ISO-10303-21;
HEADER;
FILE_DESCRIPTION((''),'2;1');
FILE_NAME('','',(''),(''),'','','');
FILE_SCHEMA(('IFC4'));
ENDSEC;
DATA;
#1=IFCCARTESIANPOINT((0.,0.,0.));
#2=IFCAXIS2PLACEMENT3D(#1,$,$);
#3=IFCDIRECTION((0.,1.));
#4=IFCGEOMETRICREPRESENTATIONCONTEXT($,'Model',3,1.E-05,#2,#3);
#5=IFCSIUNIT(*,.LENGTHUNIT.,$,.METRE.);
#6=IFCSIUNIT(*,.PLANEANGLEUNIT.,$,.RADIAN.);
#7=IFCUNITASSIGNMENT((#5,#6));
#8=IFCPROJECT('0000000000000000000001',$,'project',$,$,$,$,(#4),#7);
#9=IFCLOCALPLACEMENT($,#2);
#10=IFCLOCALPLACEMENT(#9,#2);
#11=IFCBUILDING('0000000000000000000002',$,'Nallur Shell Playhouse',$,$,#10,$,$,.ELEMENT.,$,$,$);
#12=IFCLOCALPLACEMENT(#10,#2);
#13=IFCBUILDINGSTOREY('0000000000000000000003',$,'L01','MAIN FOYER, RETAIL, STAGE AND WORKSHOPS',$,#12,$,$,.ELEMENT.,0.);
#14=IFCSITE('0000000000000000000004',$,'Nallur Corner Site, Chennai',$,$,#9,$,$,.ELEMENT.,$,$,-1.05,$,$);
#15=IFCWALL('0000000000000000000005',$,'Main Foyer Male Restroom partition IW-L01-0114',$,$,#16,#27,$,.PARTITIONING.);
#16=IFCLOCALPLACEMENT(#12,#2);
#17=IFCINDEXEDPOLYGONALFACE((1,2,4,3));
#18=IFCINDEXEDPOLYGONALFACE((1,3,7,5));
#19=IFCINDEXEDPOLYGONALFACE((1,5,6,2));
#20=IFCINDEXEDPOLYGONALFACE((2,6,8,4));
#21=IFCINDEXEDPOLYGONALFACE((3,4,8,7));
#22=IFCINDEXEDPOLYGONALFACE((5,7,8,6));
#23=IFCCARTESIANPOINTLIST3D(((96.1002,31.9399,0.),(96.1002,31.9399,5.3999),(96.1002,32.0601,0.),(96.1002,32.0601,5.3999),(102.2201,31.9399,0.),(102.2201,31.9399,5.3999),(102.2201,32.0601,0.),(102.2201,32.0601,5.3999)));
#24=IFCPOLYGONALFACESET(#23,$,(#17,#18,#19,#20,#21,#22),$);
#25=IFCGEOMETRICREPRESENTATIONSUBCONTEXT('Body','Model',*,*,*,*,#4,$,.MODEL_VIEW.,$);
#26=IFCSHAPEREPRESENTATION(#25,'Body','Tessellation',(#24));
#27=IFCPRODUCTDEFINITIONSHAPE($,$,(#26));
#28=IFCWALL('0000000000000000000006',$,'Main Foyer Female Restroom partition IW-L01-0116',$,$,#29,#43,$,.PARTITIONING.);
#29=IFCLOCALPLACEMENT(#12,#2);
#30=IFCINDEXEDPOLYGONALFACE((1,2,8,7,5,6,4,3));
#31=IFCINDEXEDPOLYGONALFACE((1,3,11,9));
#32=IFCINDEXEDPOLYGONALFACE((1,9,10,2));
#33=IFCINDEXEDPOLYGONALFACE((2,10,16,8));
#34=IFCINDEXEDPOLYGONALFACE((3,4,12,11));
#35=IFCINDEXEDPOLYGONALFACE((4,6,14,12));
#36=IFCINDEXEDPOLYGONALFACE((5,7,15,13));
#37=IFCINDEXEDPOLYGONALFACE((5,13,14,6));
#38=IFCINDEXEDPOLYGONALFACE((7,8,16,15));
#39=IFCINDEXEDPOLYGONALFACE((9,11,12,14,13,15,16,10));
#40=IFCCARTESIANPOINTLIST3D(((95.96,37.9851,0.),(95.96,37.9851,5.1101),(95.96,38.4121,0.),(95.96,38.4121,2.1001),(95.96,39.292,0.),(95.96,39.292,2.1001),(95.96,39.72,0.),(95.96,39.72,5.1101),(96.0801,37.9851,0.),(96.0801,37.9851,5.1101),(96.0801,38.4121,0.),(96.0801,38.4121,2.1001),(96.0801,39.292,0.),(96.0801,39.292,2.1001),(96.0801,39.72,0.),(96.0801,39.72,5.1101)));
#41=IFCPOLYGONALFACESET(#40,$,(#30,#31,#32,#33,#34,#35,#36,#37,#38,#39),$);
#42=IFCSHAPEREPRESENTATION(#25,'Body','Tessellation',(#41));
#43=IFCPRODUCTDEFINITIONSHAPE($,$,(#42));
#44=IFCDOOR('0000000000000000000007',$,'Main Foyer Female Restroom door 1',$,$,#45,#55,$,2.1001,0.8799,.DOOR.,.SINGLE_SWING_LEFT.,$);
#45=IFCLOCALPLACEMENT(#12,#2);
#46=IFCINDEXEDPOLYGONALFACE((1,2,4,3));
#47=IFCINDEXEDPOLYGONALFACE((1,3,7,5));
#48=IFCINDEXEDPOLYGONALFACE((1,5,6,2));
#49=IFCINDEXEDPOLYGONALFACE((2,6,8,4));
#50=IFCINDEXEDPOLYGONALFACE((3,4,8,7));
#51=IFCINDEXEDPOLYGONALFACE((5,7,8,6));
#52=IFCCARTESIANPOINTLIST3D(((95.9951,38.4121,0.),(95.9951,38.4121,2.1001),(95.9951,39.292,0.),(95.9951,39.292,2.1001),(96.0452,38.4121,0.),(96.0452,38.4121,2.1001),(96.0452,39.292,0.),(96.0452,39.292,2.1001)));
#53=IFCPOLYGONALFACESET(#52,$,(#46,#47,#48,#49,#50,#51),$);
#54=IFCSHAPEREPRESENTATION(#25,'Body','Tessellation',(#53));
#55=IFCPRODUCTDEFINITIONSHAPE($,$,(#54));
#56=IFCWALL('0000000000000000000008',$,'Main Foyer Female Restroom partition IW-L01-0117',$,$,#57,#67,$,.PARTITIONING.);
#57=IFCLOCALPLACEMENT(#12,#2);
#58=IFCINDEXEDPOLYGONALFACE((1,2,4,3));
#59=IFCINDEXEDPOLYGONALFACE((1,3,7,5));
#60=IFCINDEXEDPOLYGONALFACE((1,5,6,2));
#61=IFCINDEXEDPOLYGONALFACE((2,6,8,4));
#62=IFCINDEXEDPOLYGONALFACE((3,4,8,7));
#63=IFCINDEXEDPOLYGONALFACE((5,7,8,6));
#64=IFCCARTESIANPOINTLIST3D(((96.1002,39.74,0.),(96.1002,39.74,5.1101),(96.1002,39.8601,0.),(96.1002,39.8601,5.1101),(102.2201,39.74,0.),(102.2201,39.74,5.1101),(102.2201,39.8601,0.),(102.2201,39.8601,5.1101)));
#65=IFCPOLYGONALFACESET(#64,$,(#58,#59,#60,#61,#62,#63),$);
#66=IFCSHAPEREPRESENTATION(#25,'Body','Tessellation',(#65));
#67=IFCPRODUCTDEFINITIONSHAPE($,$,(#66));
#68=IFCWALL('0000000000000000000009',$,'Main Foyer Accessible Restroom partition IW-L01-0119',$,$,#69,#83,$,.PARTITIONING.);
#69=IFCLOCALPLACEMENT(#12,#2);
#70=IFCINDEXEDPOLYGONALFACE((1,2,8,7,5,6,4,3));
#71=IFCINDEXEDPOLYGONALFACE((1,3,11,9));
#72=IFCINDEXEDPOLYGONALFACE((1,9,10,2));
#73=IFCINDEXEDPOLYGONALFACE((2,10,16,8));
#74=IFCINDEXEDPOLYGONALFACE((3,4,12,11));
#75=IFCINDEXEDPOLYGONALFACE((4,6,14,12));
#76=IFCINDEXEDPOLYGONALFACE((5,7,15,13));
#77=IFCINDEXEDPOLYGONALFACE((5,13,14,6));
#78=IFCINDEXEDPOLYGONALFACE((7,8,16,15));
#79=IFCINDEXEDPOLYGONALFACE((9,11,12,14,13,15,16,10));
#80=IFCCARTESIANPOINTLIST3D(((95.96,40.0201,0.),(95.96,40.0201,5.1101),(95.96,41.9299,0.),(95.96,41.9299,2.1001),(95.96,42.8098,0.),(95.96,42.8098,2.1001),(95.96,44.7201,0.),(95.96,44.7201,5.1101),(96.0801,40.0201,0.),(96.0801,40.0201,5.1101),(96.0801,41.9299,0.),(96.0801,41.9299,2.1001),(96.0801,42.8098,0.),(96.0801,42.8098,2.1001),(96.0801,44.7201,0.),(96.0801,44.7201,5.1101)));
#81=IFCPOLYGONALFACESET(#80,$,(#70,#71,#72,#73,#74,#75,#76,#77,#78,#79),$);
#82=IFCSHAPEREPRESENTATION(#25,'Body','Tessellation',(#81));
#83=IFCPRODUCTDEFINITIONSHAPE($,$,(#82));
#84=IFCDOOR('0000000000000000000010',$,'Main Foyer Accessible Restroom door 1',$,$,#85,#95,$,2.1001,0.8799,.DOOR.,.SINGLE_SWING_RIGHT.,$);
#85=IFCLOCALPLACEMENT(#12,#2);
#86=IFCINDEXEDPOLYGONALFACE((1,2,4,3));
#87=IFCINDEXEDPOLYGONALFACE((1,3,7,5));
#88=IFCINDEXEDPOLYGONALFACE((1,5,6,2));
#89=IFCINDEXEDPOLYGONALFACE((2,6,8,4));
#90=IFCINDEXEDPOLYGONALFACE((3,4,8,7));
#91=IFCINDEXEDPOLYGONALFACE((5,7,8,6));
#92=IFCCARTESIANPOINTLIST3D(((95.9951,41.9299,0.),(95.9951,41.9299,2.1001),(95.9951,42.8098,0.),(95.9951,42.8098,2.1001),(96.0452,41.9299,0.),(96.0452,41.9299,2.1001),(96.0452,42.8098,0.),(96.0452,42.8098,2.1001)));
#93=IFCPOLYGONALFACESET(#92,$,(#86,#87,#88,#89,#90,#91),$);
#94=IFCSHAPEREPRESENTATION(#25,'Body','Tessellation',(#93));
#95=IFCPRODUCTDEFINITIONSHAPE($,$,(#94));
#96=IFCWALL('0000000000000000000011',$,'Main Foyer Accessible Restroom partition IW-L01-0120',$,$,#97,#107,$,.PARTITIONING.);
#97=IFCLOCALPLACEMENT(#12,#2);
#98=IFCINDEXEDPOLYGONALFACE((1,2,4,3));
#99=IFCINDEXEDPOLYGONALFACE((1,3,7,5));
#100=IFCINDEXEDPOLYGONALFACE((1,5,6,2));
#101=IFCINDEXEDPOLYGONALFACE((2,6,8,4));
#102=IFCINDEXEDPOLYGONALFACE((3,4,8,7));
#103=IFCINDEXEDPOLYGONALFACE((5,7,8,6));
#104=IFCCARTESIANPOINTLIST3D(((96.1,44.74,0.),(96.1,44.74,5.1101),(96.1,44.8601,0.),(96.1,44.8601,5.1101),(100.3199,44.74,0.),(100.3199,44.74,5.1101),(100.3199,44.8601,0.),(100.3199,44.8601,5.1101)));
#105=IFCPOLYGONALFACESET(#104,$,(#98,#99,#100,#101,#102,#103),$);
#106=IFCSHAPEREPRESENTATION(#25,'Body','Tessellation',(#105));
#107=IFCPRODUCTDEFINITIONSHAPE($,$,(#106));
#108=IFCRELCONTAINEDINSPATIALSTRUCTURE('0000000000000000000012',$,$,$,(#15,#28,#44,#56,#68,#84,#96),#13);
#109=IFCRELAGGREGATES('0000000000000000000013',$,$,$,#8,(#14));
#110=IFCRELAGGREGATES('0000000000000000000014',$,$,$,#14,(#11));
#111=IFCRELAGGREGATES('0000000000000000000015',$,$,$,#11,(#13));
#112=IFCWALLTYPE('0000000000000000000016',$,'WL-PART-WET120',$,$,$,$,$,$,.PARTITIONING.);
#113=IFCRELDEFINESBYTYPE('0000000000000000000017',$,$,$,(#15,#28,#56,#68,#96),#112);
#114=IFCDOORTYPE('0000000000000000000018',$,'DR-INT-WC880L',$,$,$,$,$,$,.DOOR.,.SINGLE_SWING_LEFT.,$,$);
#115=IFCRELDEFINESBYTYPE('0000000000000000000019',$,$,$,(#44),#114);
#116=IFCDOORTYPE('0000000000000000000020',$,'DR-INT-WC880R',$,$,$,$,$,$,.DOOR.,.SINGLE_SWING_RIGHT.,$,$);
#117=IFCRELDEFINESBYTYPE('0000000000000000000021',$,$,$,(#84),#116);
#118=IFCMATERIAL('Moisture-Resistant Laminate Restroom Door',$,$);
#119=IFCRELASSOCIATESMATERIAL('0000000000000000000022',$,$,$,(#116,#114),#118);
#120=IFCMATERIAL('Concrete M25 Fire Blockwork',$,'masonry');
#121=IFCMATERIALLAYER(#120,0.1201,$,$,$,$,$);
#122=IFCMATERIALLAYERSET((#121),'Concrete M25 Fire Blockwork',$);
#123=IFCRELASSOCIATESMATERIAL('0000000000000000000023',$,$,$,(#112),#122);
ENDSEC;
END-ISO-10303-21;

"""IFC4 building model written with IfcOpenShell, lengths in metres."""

from ifc_helpers import new_model, si_unit, direction, frame, frame_2d, origin, place, context, subcontext, project, spatial, rectangle, extrude, material, layer, layer_set, type_object, element, fill, save


model = new_model("IFC4")

# Units and contexts
model_context = context("Model", 3, precision=1e-05, world=origin(), true_north=direction((0.0, 1.0)))
body_context = subcontext(model_context, "Body", "Model", "MODEL_VIEW")
ifc_project = project(units=[si_unit("LENGTHUNIT", "METRE"), si_unit("PLANEANGLEUNIT", "RADIAN")], contexts=[model_context])

# Site, building, storey
site_placement = place(None, origin())
site = spatial("IfcSite", under=ifc_project, at=site_placement, Name="Nallur Corner Site, Chennai", CompositionType="ELEMENT", RefElevation=-1.05)
building_placement = place(site_placement, origin())
building = spatial("IfcBuilding", under=site, at=building_placement, Name="Nallur Shell Playhouse", CompositionType="ELEMENT")
storey_placement = place(building_placement, origin())
storey = spatial("IfcBuildingStorey", under=building, at=storey_placement, Name="L01", Description="MAIN FOYER, RETAIL, STAGE AND WORKSHOPS", CompositionType="ELEMENT", Elevation=0.0)

# Shared definitions
ifc_material_1 = material(Name="Concrete M25 Fire Blockwork", Category="masonry")
ifc_material_2 = material(Name="Moisture-Resistant Laminate Restroom Door")
door_type_1 = type_object("IfcDoorType", Name="DR-INT-WC880R", OperationType="SINGLE_SWING_RIGHT", PredefinedType="DOOR", material=ifc_material_2)

# Wall
ifc_layer_1 = layer(ifc_material_1, 0.1201)
ifc_layer_set_1 = layer_set([ifc_layer_1], Name="Concrete M25 Fire Blockwork")
wall_type_1 = type_object("IfcWallType", Name="WL-PART-WET120", PredefinedType="PARTITIONING", material=ifc_layer_set_1)
wall_1_placement = place(storey_placement, frame((96.1001, 32.0, 0.0), z_axis=(0.0, 0.0, 1.0), x_axis=(1.0, 0.0, 0.0)))
element("IfcWall", 1, at=wall_1_placement, inside=storey, type_object=wall_type_1, Name="Main Foyer Male Restroom partition IW-L01-0114", PredefinedType="PARTITIONING", context=body_context, shape_type="SweptSolid", body=[
    extrude(rectangle(XDim=6.1199, YDim=0.1201, at=frame_2d((3.0601, 0.0))), origin(), (0.0, 0.0, 1.0), 5.3999),
])

# Wall, opening, door
wall_2_placement = place(storey_placement, frame((96.02, 37.9851, 0.0), z_axis=(0.0, 0.0, 1.0), x_axis=(0.0, 1.0, 0.0)))
wall_2 = element("IfcWall", 2, at=wall_2_placement, inside=storey, type_object=wall_type_1, Name="Main Foyer Female Restroom partition IW-L01-0116", PredefinedType="PARTITIONING", context=body_context, shape_type="SweptSolid", body=[
    extrude(rectangle(XDim=1.7349, YDim=0.1201, at=frame_2d((0.8674, 0.0))), origin(), (0.0, 0.0, 1.0), 5.1101),
])
opening_1_placement = place(wall_2_placement, frame((0.427, 0.0, 0.0)))
opening_1 = element("IfcOpeningElement", 3, at=opening_1_placement, cuts=wall_2, PredefinedType="OPENING", context=body_context, shape_type="SweptSolid", body=[
    extrude(rectangle(XDim=0.8799, YDim=2.1001, at=frame_2d((0.4399, 1.05))), frame((0.0, 0.0701, 0.0), z_axis=(0.0, -1.0, 0.0), x_axis=(1.0, 0.0, 0.0)), (0.0, 0.0, 1.0), 0.1401),
])
door_type_2 = type_object("IfcDoorType", Name="DR-INT-WC880L", OperationType="SINGLE_SWING_LEFT", PredefinedType="DOOR", material=ifc_material_2)
door_1_placement = place(opening_1_placement, origin())
door_1 = element("IfcDoor", 4, at=door_1_placement, inside=storey, type_object=door_type_2, Name="Main Foyer Female Restroom door 1", OperationType="SINGLE_SWING_LEFT", OverallHeight=2.1001, OverallWidth=0.8799, PredefinedType="DOOR", context=body_context, shape_type="SweptSolid", body=[
    extrude(rectangle(XDim=0.8799, YDim=2.1001, at=frame_2d((0.4399, 1.05))), frame((0.0, 0.0249, 0.0), z_axis=(0.0, -1.0, 0.0), x_axis=(1.0, 0.0, 0.0)), (0.0, 0.0, 1.0), 0.05),
])
fill(opening_1, door_1)

# Wall
wall_3_placement = place(storey_placement, frame((96.1001, 39.8, 0.0), z_axis=(0.0, 0.0, 1.0), x_axis=(1.0, 0.0, 0.0)))
element("IfcWall", 5, at=wall_3_placement, inside=storey, type_object=wall_type_1, Name="Main Foyer Female Restroom partition IW-L01-0117", PredefinedType="PARTITIONING", context=body_context, shape_type="SweptSolid", body=[
    extrude(rectangle(XDim=6.1199, YDim=0.1201, at=frame_2d((3.0601, 0.0))), origin(), (0.0, 0.0, 1.0), 5.1101),
])

# Wall, opening, door
wall_4_placement = place(storey_placement, frame((96.02, 40.02, 0.0), z_axis=(0.0, 0.0, 1.0), x_axis=(0.0, 1.0, 0.0)))
wall_4 = element("IfcWall", 6, at=wall_4_placement, inside=storey, type_object=wall_type_1, Name="Main Foyer Accessible Restroom partition IW-L01-0119", PredefinedType="PARTITIONING", context=body_context, shape_type="SweptSolid", body=[
    extrude(rectangle(XDim=4.7, YDim=0.1201, at=frame_2d((2.3501, 0.0))), origin(), (0.0, 0.0, 1.0), 5.1101),
])
opening_2_placement = place(wall_4_placement, frame((1.9099, 0.0, 0.0)))
opening_2 = element("IfcOpeningElement", 7, at=opening_2_placement, cuts=wall_4, PredefinedType="OPENING", context=body_context, shape_type="SweptSolid", body=[
    extrude(rectangle(XDim=0.8799, YDim=2.1001, at=frame_2d((0.4399, 1.05))), frame((0.0, 0.0701, 0.0), z_axis=(0.0, -1.0, 0.0), x_axis=(1.0, 0.0, 0.0)), (0.0, 0.0, 1.0), 0.1401),
])
door_2_placement = place(opening_2_placement, origin())
door_2 = element("IfcDoor", 8, at=door_2_placement, inside=storey, type_object=door_type_1, Name="Main Foyer Accessible Restroom door 1", OperationType="SINGLE_SWING_RIGHT", OverallHeight=2.1001, OverallWidth=0.8799, PredefinedType="DOOR", context=body_context, shape_type="SweptSolid", body=[
    extrude(rectangle(XDim=0.8799, YDim=2.1001, at=frame_2d((0.4399, 1.05))), frame((0.0, 0.0249, 0.0), z_axis=(0.0, -1.0, 0.0), x_axis=(1.0, 0.0, 0.0)), (0.0, 0.0, 1.0), 0.05),
])
fill(opening_2, door_2)

# Wall
wall_5_placement = place(storey_placement, frame((96.1001, 44.8, 0.0), z_axis=(0.0, 0.0, 1.0), x_axis=(1.0, 0.0, 0.0)))
element("IfcWall", 9, at=wall_5_placement, inside=storey, type_object=wall_type_1, Name="Main Foyer Accessible Restroom partition IW-L01-0120", PredefinedType="PARTITIONING", context=body_context, shape_type="SweptSolid", body=[
    extrude(rectangle(XDim=4.22, YDim=0.1201, at=frame_2d((2.1099, 0.0))), origin(), (0.0, 0.0, 1.0), 5.1101),
])

save(model, "model.ifc")
